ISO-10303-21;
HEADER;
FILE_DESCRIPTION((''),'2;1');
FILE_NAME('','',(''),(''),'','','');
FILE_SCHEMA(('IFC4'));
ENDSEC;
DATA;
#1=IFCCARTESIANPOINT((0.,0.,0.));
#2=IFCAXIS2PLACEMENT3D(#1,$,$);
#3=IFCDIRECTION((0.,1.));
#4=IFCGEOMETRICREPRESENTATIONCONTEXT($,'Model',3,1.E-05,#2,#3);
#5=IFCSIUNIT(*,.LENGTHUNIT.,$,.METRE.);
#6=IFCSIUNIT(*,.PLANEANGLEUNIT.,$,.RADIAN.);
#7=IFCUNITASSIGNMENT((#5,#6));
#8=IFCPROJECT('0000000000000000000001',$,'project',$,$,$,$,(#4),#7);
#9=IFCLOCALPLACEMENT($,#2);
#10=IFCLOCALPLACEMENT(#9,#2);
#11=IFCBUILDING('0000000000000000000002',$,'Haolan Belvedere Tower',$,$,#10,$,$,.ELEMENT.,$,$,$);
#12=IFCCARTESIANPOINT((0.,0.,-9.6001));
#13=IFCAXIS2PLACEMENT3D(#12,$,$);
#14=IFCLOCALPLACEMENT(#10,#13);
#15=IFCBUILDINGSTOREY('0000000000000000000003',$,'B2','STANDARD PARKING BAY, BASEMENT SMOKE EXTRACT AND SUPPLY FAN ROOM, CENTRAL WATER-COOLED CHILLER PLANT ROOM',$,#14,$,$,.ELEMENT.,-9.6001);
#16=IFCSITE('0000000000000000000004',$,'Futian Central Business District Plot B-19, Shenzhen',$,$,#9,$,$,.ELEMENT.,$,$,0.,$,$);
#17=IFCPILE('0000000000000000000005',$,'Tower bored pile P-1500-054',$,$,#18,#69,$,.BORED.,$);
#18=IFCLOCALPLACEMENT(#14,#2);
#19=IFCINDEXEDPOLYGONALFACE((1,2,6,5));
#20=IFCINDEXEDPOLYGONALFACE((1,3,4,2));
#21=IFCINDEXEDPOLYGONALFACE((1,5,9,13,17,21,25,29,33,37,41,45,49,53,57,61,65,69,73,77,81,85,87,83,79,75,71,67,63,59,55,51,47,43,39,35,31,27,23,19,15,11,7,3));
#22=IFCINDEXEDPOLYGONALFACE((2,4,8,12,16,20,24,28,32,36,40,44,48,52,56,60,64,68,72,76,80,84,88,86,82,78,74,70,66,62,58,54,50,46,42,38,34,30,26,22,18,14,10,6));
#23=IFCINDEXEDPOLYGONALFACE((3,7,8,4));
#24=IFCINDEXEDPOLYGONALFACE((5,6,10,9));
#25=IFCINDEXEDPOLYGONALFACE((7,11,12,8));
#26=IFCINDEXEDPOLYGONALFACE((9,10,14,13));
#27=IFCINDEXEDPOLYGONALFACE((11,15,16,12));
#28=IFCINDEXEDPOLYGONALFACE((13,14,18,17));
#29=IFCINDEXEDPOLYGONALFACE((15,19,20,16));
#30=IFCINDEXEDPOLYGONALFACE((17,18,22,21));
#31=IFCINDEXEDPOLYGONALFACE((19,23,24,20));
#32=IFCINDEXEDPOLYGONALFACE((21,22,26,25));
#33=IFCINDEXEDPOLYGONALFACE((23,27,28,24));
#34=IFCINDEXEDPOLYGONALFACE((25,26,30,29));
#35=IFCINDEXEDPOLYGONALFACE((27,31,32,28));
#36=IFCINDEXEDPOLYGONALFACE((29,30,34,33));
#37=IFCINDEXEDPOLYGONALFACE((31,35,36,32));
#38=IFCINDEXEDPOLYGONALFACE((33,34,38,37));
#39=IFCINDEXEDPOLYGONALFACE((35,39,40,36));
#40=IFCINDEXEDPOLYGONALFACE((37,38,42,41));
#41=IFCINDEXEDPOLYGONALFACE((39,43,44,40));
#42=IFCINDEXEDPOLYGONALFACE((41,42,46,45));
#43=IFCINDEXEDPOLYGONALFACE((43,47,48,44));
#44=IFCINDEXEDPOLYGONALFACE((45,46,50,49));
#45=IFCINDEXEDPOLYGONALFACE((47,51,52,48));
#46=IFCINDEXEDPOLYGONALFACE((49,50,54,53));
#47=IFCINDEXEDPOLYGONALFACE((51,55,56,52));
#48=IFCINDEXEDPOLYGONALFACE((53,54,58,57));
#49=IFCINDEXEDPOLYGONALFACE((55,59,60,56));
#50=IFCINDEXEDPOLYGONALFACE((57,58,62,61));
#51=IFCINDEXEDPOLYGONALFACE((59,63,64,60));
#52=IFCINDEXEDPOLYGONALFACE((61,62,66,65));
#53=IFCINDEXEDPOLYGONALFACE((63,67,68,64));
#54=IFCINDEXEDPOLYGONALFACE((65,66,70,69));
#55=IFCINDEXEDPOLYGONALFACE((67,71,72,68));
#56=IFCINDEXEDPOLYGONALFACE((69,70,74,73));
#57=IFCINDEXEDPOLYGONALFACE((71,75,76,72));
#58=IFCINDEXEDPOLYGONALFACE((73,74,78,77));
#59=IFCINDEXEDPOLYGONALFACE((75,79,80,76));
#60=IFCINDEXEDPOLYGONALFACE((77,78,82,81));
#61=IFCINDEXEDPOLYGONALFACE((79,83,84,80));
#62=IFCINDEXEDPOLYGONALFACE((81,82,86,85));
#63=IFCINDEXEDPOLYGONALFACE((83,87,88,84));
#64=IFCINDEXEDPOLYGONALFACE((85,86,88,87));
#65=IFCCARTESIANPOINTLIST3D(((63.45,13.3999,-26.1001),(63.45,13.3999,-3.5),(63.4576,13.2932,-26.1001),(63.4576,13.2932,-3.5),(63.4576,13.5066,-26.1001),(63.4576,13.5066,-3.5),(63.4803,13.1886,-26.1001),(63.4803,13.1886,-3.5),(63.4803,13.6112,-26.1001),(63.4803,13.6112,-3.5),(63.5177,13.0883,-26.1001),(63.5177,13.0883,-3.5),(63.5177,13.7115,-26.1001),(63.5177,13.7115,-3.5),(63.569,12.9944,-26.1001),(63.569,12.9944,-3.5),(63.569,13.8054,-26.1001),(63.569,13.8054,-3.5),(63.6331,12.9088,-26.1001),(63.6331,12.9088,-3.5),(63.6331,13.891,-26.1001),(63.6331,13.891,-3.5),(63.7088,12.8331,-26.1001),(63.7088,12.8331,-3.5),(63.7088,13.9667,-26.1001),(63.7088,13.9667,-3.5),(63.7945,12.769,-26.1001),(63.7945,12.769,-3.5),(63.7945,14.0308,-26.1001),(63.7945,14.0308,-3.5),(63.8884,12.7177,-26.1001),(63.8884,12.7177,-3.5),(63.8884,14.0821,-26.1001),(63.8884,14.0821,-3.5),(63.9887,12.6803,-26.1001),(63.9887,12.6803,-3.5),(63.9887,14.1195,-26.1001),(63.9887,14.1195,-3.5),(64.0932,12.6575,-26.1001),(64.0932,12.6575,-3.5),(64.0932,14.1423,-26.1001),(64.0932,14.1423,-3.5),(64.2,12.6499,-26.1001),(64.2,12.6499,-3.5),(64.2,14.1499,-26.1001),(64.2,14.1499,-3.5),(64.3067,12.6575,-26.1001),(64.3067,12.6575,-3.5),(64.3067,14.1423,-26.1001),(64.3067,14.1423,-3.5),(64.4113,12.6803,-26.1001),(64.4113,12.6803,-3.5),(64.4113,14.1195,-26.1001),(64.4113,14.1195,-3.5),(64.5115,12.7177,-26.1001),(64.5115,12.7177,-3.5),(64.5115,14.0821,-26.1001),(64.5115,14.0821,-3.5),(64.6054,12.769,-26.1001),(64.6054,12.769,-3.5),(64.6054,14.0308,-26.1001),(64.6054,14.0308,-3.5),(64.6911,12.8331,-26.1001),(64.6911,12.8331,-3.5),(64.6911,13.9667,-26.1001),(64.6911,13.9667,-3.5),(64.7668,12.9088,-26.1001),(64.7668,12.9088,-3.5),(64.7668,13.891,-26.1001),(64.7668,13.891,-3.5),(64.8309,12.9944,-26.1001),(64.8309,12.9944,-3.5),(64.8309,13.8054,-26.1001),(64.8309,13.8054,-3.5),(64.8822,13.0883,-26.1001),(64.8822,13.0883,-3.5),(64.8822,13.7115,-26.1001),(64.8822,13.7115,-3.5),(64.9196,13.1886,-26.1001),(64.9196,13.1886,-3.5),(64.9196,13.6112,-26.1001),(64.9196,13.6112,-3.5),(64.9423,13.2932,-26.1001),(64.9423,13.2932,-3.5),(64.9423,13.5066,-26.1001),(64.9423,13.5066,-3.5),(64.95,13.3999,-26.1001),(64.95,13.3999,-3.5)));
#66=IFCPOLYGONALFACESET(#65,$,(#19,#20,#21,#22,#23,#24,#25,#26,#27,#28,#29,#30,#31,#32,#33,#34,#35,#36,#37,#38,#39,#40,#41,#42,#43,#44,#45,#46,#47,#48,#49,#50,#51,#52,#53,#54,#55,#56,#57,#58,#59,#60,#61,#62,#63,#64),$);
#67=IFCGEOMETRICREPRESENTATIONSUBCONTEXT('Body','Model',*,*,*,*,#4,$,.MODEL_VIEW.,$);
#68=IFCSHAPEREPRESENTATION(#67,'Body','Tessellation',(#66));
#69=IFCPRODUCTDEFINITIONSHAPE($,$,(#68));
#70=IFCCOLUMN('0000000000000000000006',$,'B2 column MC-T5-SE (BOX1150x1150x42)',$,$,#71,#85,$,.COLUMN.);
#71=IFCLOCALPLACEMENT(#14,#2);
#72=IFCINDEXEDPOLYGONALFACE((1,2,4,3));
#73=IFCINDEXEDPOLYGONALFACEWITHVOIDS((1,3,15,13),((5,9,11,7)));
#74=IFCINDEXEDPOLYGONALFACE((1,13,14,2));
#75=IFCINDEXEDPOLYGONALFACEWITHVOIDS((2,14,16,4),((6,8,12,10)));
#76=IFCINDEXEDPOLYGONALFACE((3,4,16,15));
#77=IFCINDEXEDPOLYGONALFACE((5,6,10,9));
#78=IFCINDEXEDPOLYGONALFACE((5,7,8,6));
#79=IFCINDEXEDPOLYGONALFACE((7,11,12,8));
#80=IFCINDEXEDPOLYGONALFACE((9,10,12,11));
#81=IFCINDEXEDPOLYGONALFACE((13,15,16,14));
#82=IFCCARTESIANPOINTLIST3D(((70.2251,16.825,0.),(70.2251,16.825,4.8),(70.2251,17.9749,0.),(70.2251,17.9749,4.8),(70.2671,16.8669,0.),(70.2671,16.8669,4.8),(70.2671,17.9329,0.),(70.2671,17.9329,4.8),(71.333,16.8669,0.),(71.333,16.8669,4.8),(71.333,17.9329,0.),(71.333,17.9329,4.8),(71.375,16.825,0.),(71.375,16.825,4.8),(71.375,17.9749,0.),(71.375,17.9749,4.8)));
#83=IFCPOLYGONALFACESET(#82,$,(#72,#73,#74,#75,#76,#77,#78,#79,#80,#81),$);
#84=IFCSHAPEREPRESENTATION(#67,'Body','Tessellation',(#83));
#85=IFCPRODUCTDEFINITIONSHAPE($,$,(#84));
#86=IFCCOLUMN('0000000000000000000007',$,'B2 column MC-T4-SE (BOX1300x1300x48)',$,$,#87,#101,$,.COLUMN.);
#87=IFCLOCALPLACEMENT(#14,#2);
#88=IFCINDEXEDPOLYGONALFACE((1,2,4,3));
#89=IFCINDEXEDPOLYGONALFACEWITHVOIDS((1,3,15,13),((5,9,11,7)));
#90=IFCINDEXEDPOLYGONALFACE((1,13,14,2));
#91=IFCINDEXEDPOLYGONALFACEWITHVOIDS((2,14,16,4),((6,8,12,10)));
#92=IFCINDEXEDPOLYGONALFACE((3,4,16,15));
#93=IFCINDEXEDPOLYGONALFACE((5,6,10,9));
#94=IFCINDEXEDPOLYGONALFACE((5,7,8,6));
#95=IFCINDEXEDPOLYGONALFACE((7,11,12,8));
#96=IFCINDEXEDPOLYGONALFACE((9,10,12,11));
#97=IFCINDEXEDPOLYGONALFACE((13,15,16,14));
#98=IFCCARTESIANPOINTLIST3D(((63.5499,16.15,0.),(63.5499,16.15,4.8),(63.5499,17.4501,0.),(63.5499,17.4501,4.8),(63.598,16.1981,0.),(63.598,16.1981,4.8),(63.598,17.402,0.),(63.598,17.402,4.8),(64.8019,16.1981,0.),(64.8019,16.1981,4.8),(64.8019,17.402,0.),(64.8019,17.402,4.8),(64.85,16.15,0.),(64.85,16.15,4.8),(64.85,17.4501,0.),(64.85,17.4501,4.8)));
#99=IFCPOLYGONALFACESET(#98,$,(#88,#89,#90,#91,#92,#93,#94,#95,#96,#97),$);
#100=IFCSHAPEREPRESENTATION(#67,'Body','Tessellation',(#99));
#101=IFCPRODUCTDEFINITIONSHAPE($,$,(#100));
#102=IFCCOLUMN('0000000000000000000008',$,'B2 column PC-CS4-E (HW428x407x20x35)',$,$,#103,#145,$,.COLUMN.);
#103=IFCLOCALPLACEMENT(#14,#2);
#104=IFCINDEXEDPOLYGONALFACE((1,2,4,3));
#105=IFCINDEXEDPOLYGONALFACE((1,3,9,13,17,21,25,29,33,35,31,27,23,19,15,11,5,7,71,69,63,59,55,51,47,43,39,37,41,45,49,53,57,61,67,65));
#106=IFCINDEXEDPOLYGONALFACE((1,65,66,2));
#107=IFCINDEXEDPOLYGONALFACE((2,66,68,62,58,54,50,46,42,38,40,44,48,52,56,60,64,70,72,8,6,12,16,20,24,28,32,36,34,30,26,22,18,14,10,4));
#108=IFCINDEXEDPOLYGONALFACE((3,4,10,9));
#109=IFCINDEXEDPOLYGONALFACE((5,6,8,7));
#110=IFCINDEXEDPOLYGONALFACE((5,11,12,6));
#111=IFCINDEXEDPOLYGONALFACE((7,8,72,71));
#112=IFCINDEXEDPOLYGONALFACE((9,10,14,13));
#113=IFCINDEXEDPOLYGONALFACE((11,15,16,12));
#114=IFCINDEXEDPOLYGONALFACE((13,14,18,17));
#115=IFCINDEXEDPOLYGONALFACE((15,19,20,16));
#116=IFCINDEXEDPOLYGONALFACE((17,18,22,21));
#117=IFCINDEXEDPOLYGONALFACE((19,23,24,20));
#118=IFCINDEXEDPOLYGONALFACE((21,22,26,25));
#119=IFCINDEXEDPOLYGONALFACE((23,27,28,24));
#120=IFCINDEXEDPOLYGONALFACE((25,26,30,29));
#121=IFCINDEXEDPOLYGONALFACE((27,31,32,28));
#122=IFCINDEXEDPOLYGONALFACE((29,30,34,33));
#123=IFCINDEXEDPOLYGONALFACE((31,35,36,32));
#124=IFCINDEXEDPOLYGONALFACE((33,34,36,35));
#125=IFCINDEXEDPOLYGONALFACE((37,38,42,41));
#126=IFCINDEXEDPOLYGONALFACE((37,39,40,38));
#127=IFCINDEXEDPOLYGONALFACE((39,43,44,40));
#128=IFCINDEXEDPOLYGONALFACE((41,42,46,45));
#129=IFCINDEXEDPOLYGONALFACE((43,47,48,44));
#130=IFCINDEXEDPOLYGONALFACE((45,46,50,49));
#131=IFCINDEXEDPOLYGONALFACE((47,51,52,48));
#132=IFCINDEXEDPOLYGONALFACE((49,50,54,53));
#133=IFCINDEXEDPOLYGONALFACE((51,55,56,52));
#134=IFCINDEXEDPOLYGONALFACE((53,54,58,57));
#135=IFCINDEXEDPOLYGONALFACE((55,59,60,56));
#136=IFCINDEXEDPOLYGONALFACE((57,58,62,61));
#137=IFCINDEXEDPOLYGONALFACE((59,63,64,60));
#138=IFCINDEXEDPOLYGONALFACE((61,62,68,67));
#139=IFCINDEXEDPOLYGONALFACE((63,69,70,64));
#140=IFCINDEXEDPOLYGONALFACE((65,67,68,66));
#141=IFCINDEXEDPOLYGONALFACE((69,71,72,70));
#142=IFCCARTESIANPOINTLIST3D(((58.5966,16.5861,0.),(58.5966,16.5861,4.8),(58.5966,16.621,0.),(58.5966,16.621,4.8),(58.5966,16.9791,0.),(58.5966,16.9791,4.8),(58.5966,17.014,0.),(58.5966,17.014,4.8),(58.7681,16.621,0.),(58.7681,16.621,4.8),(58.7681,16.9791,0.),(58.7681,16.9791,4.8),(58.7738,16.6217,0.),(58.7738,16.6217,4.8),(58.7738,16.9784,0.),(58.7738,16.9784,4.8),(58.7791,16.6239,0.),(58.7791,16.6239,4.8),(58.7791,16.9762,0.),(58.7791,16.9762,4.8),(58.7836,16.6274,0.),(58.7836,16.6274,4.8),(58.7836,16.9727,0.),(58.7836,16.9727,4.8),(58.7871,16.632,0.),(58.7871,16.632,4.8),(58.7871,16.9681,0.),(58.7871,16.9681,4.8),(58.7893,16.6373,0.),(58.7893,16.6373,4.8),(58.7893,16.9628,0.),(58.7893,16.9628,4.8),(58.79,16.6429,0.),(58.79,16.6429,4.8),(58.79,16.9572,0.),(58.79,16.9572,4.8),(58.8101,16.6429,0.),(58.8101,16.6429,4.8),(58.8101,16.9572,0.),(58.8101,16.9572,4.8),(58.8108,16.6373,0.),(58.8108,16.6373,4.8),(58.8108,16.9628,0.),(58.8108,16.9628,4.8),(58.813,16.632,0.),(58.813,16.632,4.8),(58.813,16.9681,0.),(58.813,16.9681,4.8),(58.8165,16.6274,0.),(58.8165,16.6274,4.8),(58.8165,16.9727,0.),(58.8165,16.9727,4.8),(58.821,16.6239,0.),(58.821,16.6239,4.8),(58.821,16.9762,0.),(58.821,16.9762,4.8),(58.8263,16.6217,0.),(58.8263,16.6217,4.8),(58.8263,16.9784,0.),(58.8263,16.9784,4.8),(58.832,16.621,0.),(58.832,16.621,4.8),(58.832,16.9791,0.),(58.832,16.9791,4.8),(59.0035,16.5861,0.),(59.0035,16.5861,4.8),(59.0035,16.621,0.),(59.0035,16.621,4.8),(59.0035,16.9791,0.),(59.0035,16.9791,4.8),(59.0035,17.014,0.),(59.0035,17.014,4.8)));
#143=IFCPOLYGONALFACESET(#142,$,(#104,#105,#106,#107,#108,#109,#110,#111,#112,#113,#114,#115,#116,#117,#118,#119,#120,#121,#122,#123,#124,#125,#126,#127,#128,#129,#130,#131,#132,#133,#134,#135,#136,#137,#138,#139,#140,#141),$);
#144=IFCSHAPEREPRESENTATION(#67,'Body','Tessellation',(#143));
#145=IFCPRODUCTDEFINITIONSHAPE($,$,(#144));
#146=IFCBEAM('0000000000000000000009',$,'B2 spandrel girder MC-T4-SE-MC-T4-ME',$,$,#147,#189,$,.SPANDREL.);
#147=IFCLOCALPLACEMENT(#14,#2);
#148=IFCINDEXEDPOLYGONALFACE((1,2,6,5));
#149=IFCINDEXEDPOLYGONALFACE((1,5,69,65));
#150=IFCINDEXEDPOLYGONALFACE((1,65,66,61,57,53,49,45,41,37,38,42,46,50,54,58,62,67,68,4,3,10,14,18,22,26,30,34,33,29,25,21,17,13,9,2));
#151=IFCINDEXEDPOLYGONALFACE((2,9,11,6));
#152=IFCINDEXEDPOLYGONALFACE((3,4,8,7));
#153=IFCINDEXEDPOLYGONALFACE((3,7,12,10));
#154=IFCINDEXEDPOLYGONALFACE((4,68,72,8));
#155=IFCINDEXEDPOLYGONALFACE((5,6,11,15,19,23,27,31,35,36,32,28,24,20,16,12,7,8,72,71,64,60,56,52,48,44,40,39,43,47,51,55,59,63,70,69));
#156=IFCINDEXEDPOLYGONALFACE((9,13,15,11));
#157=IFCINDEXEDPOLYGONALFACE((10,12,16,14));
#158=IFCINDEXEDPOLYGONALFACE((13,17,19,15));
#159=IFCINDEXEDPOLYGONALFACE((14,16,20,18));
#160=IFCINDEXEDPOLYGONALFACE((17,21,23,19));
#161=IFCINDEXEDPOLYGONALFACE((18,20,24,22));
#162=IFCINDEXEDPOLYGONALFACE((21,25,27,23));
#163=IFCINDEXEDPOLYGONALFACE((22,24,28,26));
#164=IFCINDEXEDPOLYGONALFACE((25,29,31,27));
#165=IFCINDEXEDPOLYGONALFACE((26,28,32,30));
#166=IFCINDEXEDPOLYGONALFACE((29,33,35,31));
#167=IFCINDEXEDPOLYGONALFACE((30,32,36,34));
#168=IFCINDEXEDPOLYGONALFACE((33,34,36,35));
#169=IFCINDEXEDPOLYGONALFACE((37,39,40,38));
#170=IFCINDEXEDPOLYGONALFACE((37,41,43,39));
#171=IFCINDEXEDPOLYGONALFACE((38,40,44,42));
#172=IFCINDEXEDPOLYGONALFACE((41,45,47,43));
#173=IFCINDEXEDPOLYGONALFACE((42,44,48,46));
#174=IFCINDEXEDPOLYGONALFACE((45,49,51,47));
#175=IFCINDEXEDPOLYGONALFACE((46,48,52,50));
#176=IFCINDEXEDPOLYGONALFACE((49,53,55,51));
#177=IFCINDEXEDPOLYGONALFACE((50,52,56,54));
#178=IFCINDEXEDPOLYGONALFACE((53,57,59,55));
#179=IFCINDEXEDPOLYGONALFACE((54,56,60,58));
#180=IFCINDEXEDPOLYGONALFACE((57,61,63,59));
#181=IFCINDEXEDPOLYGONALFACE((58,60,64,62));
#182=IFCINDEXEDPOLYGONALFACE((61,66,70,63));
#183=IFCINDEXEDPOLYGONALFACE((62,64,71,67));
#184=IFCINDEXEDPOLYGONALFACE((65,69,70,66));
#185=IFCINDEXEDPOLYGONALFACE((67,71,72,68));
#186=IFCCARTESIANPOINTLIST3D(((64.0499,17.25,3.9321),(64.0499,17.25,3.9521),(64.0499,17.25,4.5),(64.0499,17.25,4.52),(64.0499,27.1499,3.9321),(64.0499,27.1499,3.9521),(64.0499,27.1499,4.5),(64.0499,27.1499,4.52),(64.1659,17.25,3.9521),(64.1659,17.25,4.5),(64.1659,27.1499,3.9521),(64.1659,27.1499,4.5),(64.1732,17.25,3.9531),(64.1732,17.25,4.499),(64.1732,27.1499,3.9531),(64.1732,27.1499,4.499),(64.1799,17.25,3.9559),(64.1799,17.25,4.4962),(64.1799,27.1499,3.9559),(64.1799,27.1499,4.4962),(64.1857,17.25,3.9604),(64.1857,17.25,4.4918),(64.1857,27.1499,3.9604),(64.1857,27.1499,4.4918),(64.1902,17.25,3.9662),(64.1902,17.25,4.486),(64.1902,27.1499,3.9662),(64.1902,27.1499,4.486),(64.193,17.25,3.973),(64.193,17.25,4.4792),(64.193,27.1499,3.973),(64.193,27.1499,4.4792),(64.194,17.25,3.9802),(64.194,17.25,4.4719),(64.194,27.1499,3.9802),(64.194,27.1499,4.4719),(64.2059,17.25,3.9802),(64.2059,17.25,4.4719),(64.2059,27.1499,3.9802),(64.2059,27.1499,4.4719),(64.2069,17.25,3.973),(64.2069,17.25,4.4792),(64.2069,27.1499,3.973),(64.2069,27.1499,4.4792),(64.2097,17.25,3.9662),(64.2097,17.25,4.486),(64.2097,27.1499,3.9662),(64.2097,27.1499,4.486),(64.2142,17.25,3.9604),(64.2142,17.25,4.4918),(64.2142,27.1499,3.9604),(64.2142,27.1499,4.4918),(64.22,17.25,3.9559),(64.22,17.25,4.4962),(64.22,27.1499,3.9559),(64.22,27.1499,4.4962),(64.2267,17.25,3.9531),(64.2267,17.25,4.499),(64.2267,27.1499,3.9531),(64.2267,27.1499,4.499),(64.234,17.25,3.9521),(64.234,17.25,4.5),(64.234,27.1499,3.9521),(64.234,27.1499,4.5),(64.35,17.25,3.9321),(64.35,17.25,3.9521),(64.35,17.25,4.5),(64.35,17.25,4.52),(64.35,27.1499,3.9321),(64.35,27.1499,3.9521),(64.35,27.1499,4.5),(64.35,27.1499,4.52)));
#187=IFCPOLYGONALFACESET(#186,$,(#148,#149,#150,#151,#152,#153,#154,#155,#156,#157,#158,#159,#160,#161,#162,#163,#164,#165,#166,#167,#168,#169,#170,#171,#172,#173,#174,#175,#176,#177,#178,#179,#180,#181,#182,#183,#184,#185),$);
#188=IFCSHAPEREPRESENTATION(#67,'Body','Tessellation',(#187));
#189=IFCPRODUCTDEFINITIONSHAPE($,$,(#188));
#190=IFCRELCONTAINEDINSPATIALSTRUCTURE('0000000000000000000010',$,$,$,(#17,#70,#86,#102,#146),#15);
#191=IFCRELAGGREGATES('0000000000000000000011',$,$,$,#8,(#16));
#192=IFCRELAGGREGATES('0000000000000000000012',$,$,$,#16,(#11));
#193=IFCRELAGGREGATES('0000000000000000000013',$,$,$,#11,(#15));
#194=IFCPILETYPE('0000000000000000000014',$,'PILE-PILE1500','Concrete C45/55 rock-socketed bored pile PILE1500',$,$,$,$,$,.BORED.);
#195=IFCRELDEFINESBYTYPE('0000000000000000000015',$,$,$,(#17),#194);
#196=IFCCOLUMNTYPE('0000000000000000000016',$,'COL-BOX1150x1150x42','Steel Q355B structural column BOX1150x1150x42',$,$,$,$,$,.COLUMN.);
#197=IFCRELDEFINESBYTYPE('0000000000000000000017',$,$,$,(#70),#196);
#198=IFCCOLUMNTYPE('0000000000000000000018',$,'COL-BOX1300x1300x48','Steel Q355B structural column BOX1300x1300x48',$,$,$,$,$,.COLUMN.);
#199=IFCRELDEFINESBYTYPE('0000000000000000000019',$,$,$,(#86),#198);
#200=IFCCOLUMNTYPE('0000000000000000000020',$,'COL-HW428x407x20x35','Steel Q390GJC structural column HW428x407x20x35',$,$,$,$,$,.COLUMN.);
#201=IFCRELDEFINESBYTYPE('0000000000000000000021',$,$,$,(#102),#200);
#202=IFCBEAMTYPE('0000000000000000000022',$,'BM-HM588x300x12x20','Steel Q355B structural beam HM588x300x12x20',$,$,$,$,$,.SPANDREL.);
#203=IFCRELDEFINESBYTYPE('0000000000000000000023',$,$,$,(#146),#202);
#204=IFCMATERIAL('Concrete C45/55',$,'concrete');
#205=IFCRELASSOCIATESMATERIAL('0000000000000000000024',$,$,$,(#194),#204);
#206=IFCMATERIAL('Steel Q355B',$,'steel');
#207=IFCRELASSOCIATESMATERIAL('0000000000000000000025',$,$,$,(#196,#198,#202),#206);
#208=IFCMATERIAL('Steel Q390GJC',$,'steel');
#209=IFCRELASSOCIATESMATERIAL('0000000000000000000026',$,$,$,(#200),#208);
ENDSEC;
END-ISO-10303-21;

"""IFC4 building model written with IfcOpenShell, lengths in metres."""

from ifc_helpers import new_model, si_unit, direction, frame, origin, origin_2d, place, context, subcontext, project, spatial, hollow_rectangle, circle, i_section, extrude, material, material_profile, profile_set, type_object, element, save


model = new_model("IFC4")

# Units and contexts
model_context = context("Model", 3, precision=1e-05, world=origin(), true_north=direction((0.0, 1.0)))
body_context = subcontext(model_context, "Body", "Model", "MODEL_VIEW")
ifc_project = project(units=[si_unit("LENGTHUNIT", "METRE"), si_unit("PLANEANGLEUNIT", "RADIAN")], contexts=[model_context])

# Site, building, storey
site_placement = place(None, origin())
site = spatial("IfcSite", under=ifc_project, at=site_placement, Name="Futian Central Business District Plot B-19, Shenzhen", CompositionType="ELEMENT", RefElevation=0.0)
building_placement = place(site_placement, origin())
building = spatial("IfcBuilding", under=site, at=building_placement, Name="Haolan Belvedere Tower", CompositionType="ELEMENT")
storey_placement = place(building_placement, frame((0.0, 0.0, -9.6001)))
storey = spatial("IfcBuildingStorey", under=building, at=storey_placement, Name="B2", Description="STANDARD PARKING BAY, BASEMENT SMOKE EXTRACT AND SUPPLY FAN ROOM, CENTRAL WATER-COOLED CHILLER PLANT ROOM", CompositionType="ELEMENT", Elevation=-9.6001)

# Pile
ifc_material_1 = material(Name="Concrete C45/55", Category="concrete")
ifc_material_profile_1 = material_profile(ifc_material_1, circle(Radius=0.75, at=origin_2d()), Name="Concrete C45/55")
ifc_profile_set_1 = profile_set([ifc_material_profile_1], Name="Concrete C45/55")
pile_type_1 = type_object("IfcPileType", Name="PILE-PILE1500", Description="Concrete C45/55 rock-socketed bored pile PILE1500", PredefinedType="BORED", material=ifc_profile_set_1)
for number, where, z_axis, x_axis, name in (
    (1, (64.2, 13.3999, -3.5), (0.0, 0.0, -1.0), (1.0, 0.0, 0.0), "Tower bored pile P-1500-054"),
):
    element("IfcPile", number, at=place(storey_placement, frame(where, z_axis=z_axis, x_axis=x_axis)), inside=storey, type_object=pile_type_1, Name=name, PredefinedType="BORED", context=body_context, shape_type="SweptSolid", body=[
        extrude(circle(Radius=0.75, at=origin_2d()), origin(), (0.0, 0.0, 1.0), 22.6001),
    ])

# Columns
ifc_material_2 = material(Name="Steel Q355B", Category="steel")
ifc_material_profile_2 = material_profile(ifc_material_2, hollow_rectangle(XDim=1.1499, YDim=1.1499, WallThickness=0.042, at=origin_2d()), Name="Steel Q355B")
ifc_profile_set_2 = profile_set([ifc_material_profile_2], Name="Steel Q355B")
column_type_1 = type_object("IfcColumnType", Name="COL-BOX1150x1150x42", Description="Steel Q355B structural column BOX1150x1150x42", PredefinedType="COLUMN", material=ifc_profile_set_2)
column_1_placement = place(storey_placement, frame((70.8, 17.3999, 0.0), z_axis=(0.0, 0.0, 1.0), x_axis=(1.0, 0.0, 0.0)))
element("IfcColumn", 2, at=column_1_placement, inside=storey, type_object=column_type_1, Name="B2 column MC-T5-SE (BOX1150x1150x42)", PredefinedType="COLUMN", context=body_context, shape_type="SweptSolid", body=[
    extrude(hollow_rectangle(XDim=1.1499, YDim=1.1499, WallThickness=0.042, at=origin_2d()), origin(), (0.0, 0.0, 1.0), 4.8),
])
ifc_material_profile_3 = material_profile(ifc_material_2, hollow_rectangle(XDim=1.3, YDim=1.3, WallThickness=0.0481, at=origin_2d()), Name="Steel Q355B")
ifc_profile_set_3 = profile_set([ifc_material_profile_3], Name="Steel Q355B")
column_type_2 = type_object("IfcColumnType", Name="COL-BOX1300x1300x48", Description="Steel Q355B structural column BOX1300x1300x48", PredefinedType="COLUMN", material=ifc_profile_set_3)
column_2_placement = place(storey_placement, frame((64.2, 16.8, 0.0), z_axis=(0.0, 0.0, 1.0), x_axis=(1.0, 0.0, 0.0)))
element("IfcColumn", 3, at=column_2_placement, inside=storey, type_object=column_type_2, Name="B2 column MC-T4-SE (BOX1300x1300x48)", PredefinedType="COLUMN", context=body_context, shape_type="SweptSolid", body=[
    extrude(hollow_rectangle(XDim=1.3, YDim=1.3, WallThickness=0.0481, at=origin_2d()), origin(), (0.0, 0.0, 1.0), 4.8),
])
ifc_material_3 = material(Name="Steel Q390GJC", Category="steel")
ifc_material_profile_4 = material_profile(ifc_material_3, i_section(OverallWidth=0.407, OverallDepth=0.428, WebThickness=0.02, FlangeThickness=0.0349, FilletRadius=0.022, at=origin_2d()), Name="Steel Q390GJC")
ifc_profile_set_4 = profile_set([ifc_material_profile_4], Name="Steel Q390GJC")
column_type_3 = type_object("IfcColumnType", Name="COL-HW428x407x20x35", Description="Steel Q390GJC structural column HW428x407x20x35", PredefinedType="COLUMN", material=ifc_profile_set_4)
column_3_placement = place(storey_placement, frame((58.8, 16.8, 0.0), z_axis=(0.0, 0.0, 1.0), x_axis=(1.0, 0.0, 0.0)))
element("IfcColumn", 4, at=column_3_placement, inside=storey, type_object=column_type_3, Name="B2 column PC-CS4-E (HW428x407x20x35)", PredefinedType="COLUMN", context=body_context, shape_type="SweptSolid", body=[
    extrude(i_section(OverallWidth=0.407, OverallDepth=0.428, WebThickness=0.02, FlangeThickness=0.0349, FilletRadius=0.022, at=origin_2d()), origin(), (0.0, 0.0, 1.0), 4.8),
])

# Beam
ifc_material_profile_5 = material_profile(ifc_material_2, i_section(OverallWidth=0.3, OverallDepth=0.5879, WebThickness=0.012, FlangeThickness=0.02, FilletRadius=0.0281, at=origin_2d()), Name="Steel Q355B")
ifc_profile_set_5 = profile_set([ifc_material_profile_5], Name="Steel Q355B")
beam_type_1 = type_object("IfcBeamType", Name="BM-HM588x300x12x20", Description="Steel Q355B structural beam HM588x300x12x20", PredefinedType="SPANDREL", material=ifc_profile_set_5)
beam_1_placement = place(storey_placement, frame((64.2, 17.25, 4.2261), z_axis=(0.0, 1.0, 0.0), x_axis=(-1.0, 0.0, 0.0)))
element("IfcBeam", 5, at=beam_1_placement, inside=storey, type_object=beam_type_1, Name="B2 spandrel girder MC-T4-SE-MC-T4-ME", PredefinedType="SPANDREL", context=body_context, shape_type="SweptSolid", body=[
    extrude(i_section(OverallWidth=0.3, OverallDepth=0.5879, WebThickness=0.012, FlangeThickness=0.02, FilletRadius=0.0281, at=origin_2d()), origin(), (0.0, 0.0, 1.0), 9.8999),
])

save(model, "model.ifc")
